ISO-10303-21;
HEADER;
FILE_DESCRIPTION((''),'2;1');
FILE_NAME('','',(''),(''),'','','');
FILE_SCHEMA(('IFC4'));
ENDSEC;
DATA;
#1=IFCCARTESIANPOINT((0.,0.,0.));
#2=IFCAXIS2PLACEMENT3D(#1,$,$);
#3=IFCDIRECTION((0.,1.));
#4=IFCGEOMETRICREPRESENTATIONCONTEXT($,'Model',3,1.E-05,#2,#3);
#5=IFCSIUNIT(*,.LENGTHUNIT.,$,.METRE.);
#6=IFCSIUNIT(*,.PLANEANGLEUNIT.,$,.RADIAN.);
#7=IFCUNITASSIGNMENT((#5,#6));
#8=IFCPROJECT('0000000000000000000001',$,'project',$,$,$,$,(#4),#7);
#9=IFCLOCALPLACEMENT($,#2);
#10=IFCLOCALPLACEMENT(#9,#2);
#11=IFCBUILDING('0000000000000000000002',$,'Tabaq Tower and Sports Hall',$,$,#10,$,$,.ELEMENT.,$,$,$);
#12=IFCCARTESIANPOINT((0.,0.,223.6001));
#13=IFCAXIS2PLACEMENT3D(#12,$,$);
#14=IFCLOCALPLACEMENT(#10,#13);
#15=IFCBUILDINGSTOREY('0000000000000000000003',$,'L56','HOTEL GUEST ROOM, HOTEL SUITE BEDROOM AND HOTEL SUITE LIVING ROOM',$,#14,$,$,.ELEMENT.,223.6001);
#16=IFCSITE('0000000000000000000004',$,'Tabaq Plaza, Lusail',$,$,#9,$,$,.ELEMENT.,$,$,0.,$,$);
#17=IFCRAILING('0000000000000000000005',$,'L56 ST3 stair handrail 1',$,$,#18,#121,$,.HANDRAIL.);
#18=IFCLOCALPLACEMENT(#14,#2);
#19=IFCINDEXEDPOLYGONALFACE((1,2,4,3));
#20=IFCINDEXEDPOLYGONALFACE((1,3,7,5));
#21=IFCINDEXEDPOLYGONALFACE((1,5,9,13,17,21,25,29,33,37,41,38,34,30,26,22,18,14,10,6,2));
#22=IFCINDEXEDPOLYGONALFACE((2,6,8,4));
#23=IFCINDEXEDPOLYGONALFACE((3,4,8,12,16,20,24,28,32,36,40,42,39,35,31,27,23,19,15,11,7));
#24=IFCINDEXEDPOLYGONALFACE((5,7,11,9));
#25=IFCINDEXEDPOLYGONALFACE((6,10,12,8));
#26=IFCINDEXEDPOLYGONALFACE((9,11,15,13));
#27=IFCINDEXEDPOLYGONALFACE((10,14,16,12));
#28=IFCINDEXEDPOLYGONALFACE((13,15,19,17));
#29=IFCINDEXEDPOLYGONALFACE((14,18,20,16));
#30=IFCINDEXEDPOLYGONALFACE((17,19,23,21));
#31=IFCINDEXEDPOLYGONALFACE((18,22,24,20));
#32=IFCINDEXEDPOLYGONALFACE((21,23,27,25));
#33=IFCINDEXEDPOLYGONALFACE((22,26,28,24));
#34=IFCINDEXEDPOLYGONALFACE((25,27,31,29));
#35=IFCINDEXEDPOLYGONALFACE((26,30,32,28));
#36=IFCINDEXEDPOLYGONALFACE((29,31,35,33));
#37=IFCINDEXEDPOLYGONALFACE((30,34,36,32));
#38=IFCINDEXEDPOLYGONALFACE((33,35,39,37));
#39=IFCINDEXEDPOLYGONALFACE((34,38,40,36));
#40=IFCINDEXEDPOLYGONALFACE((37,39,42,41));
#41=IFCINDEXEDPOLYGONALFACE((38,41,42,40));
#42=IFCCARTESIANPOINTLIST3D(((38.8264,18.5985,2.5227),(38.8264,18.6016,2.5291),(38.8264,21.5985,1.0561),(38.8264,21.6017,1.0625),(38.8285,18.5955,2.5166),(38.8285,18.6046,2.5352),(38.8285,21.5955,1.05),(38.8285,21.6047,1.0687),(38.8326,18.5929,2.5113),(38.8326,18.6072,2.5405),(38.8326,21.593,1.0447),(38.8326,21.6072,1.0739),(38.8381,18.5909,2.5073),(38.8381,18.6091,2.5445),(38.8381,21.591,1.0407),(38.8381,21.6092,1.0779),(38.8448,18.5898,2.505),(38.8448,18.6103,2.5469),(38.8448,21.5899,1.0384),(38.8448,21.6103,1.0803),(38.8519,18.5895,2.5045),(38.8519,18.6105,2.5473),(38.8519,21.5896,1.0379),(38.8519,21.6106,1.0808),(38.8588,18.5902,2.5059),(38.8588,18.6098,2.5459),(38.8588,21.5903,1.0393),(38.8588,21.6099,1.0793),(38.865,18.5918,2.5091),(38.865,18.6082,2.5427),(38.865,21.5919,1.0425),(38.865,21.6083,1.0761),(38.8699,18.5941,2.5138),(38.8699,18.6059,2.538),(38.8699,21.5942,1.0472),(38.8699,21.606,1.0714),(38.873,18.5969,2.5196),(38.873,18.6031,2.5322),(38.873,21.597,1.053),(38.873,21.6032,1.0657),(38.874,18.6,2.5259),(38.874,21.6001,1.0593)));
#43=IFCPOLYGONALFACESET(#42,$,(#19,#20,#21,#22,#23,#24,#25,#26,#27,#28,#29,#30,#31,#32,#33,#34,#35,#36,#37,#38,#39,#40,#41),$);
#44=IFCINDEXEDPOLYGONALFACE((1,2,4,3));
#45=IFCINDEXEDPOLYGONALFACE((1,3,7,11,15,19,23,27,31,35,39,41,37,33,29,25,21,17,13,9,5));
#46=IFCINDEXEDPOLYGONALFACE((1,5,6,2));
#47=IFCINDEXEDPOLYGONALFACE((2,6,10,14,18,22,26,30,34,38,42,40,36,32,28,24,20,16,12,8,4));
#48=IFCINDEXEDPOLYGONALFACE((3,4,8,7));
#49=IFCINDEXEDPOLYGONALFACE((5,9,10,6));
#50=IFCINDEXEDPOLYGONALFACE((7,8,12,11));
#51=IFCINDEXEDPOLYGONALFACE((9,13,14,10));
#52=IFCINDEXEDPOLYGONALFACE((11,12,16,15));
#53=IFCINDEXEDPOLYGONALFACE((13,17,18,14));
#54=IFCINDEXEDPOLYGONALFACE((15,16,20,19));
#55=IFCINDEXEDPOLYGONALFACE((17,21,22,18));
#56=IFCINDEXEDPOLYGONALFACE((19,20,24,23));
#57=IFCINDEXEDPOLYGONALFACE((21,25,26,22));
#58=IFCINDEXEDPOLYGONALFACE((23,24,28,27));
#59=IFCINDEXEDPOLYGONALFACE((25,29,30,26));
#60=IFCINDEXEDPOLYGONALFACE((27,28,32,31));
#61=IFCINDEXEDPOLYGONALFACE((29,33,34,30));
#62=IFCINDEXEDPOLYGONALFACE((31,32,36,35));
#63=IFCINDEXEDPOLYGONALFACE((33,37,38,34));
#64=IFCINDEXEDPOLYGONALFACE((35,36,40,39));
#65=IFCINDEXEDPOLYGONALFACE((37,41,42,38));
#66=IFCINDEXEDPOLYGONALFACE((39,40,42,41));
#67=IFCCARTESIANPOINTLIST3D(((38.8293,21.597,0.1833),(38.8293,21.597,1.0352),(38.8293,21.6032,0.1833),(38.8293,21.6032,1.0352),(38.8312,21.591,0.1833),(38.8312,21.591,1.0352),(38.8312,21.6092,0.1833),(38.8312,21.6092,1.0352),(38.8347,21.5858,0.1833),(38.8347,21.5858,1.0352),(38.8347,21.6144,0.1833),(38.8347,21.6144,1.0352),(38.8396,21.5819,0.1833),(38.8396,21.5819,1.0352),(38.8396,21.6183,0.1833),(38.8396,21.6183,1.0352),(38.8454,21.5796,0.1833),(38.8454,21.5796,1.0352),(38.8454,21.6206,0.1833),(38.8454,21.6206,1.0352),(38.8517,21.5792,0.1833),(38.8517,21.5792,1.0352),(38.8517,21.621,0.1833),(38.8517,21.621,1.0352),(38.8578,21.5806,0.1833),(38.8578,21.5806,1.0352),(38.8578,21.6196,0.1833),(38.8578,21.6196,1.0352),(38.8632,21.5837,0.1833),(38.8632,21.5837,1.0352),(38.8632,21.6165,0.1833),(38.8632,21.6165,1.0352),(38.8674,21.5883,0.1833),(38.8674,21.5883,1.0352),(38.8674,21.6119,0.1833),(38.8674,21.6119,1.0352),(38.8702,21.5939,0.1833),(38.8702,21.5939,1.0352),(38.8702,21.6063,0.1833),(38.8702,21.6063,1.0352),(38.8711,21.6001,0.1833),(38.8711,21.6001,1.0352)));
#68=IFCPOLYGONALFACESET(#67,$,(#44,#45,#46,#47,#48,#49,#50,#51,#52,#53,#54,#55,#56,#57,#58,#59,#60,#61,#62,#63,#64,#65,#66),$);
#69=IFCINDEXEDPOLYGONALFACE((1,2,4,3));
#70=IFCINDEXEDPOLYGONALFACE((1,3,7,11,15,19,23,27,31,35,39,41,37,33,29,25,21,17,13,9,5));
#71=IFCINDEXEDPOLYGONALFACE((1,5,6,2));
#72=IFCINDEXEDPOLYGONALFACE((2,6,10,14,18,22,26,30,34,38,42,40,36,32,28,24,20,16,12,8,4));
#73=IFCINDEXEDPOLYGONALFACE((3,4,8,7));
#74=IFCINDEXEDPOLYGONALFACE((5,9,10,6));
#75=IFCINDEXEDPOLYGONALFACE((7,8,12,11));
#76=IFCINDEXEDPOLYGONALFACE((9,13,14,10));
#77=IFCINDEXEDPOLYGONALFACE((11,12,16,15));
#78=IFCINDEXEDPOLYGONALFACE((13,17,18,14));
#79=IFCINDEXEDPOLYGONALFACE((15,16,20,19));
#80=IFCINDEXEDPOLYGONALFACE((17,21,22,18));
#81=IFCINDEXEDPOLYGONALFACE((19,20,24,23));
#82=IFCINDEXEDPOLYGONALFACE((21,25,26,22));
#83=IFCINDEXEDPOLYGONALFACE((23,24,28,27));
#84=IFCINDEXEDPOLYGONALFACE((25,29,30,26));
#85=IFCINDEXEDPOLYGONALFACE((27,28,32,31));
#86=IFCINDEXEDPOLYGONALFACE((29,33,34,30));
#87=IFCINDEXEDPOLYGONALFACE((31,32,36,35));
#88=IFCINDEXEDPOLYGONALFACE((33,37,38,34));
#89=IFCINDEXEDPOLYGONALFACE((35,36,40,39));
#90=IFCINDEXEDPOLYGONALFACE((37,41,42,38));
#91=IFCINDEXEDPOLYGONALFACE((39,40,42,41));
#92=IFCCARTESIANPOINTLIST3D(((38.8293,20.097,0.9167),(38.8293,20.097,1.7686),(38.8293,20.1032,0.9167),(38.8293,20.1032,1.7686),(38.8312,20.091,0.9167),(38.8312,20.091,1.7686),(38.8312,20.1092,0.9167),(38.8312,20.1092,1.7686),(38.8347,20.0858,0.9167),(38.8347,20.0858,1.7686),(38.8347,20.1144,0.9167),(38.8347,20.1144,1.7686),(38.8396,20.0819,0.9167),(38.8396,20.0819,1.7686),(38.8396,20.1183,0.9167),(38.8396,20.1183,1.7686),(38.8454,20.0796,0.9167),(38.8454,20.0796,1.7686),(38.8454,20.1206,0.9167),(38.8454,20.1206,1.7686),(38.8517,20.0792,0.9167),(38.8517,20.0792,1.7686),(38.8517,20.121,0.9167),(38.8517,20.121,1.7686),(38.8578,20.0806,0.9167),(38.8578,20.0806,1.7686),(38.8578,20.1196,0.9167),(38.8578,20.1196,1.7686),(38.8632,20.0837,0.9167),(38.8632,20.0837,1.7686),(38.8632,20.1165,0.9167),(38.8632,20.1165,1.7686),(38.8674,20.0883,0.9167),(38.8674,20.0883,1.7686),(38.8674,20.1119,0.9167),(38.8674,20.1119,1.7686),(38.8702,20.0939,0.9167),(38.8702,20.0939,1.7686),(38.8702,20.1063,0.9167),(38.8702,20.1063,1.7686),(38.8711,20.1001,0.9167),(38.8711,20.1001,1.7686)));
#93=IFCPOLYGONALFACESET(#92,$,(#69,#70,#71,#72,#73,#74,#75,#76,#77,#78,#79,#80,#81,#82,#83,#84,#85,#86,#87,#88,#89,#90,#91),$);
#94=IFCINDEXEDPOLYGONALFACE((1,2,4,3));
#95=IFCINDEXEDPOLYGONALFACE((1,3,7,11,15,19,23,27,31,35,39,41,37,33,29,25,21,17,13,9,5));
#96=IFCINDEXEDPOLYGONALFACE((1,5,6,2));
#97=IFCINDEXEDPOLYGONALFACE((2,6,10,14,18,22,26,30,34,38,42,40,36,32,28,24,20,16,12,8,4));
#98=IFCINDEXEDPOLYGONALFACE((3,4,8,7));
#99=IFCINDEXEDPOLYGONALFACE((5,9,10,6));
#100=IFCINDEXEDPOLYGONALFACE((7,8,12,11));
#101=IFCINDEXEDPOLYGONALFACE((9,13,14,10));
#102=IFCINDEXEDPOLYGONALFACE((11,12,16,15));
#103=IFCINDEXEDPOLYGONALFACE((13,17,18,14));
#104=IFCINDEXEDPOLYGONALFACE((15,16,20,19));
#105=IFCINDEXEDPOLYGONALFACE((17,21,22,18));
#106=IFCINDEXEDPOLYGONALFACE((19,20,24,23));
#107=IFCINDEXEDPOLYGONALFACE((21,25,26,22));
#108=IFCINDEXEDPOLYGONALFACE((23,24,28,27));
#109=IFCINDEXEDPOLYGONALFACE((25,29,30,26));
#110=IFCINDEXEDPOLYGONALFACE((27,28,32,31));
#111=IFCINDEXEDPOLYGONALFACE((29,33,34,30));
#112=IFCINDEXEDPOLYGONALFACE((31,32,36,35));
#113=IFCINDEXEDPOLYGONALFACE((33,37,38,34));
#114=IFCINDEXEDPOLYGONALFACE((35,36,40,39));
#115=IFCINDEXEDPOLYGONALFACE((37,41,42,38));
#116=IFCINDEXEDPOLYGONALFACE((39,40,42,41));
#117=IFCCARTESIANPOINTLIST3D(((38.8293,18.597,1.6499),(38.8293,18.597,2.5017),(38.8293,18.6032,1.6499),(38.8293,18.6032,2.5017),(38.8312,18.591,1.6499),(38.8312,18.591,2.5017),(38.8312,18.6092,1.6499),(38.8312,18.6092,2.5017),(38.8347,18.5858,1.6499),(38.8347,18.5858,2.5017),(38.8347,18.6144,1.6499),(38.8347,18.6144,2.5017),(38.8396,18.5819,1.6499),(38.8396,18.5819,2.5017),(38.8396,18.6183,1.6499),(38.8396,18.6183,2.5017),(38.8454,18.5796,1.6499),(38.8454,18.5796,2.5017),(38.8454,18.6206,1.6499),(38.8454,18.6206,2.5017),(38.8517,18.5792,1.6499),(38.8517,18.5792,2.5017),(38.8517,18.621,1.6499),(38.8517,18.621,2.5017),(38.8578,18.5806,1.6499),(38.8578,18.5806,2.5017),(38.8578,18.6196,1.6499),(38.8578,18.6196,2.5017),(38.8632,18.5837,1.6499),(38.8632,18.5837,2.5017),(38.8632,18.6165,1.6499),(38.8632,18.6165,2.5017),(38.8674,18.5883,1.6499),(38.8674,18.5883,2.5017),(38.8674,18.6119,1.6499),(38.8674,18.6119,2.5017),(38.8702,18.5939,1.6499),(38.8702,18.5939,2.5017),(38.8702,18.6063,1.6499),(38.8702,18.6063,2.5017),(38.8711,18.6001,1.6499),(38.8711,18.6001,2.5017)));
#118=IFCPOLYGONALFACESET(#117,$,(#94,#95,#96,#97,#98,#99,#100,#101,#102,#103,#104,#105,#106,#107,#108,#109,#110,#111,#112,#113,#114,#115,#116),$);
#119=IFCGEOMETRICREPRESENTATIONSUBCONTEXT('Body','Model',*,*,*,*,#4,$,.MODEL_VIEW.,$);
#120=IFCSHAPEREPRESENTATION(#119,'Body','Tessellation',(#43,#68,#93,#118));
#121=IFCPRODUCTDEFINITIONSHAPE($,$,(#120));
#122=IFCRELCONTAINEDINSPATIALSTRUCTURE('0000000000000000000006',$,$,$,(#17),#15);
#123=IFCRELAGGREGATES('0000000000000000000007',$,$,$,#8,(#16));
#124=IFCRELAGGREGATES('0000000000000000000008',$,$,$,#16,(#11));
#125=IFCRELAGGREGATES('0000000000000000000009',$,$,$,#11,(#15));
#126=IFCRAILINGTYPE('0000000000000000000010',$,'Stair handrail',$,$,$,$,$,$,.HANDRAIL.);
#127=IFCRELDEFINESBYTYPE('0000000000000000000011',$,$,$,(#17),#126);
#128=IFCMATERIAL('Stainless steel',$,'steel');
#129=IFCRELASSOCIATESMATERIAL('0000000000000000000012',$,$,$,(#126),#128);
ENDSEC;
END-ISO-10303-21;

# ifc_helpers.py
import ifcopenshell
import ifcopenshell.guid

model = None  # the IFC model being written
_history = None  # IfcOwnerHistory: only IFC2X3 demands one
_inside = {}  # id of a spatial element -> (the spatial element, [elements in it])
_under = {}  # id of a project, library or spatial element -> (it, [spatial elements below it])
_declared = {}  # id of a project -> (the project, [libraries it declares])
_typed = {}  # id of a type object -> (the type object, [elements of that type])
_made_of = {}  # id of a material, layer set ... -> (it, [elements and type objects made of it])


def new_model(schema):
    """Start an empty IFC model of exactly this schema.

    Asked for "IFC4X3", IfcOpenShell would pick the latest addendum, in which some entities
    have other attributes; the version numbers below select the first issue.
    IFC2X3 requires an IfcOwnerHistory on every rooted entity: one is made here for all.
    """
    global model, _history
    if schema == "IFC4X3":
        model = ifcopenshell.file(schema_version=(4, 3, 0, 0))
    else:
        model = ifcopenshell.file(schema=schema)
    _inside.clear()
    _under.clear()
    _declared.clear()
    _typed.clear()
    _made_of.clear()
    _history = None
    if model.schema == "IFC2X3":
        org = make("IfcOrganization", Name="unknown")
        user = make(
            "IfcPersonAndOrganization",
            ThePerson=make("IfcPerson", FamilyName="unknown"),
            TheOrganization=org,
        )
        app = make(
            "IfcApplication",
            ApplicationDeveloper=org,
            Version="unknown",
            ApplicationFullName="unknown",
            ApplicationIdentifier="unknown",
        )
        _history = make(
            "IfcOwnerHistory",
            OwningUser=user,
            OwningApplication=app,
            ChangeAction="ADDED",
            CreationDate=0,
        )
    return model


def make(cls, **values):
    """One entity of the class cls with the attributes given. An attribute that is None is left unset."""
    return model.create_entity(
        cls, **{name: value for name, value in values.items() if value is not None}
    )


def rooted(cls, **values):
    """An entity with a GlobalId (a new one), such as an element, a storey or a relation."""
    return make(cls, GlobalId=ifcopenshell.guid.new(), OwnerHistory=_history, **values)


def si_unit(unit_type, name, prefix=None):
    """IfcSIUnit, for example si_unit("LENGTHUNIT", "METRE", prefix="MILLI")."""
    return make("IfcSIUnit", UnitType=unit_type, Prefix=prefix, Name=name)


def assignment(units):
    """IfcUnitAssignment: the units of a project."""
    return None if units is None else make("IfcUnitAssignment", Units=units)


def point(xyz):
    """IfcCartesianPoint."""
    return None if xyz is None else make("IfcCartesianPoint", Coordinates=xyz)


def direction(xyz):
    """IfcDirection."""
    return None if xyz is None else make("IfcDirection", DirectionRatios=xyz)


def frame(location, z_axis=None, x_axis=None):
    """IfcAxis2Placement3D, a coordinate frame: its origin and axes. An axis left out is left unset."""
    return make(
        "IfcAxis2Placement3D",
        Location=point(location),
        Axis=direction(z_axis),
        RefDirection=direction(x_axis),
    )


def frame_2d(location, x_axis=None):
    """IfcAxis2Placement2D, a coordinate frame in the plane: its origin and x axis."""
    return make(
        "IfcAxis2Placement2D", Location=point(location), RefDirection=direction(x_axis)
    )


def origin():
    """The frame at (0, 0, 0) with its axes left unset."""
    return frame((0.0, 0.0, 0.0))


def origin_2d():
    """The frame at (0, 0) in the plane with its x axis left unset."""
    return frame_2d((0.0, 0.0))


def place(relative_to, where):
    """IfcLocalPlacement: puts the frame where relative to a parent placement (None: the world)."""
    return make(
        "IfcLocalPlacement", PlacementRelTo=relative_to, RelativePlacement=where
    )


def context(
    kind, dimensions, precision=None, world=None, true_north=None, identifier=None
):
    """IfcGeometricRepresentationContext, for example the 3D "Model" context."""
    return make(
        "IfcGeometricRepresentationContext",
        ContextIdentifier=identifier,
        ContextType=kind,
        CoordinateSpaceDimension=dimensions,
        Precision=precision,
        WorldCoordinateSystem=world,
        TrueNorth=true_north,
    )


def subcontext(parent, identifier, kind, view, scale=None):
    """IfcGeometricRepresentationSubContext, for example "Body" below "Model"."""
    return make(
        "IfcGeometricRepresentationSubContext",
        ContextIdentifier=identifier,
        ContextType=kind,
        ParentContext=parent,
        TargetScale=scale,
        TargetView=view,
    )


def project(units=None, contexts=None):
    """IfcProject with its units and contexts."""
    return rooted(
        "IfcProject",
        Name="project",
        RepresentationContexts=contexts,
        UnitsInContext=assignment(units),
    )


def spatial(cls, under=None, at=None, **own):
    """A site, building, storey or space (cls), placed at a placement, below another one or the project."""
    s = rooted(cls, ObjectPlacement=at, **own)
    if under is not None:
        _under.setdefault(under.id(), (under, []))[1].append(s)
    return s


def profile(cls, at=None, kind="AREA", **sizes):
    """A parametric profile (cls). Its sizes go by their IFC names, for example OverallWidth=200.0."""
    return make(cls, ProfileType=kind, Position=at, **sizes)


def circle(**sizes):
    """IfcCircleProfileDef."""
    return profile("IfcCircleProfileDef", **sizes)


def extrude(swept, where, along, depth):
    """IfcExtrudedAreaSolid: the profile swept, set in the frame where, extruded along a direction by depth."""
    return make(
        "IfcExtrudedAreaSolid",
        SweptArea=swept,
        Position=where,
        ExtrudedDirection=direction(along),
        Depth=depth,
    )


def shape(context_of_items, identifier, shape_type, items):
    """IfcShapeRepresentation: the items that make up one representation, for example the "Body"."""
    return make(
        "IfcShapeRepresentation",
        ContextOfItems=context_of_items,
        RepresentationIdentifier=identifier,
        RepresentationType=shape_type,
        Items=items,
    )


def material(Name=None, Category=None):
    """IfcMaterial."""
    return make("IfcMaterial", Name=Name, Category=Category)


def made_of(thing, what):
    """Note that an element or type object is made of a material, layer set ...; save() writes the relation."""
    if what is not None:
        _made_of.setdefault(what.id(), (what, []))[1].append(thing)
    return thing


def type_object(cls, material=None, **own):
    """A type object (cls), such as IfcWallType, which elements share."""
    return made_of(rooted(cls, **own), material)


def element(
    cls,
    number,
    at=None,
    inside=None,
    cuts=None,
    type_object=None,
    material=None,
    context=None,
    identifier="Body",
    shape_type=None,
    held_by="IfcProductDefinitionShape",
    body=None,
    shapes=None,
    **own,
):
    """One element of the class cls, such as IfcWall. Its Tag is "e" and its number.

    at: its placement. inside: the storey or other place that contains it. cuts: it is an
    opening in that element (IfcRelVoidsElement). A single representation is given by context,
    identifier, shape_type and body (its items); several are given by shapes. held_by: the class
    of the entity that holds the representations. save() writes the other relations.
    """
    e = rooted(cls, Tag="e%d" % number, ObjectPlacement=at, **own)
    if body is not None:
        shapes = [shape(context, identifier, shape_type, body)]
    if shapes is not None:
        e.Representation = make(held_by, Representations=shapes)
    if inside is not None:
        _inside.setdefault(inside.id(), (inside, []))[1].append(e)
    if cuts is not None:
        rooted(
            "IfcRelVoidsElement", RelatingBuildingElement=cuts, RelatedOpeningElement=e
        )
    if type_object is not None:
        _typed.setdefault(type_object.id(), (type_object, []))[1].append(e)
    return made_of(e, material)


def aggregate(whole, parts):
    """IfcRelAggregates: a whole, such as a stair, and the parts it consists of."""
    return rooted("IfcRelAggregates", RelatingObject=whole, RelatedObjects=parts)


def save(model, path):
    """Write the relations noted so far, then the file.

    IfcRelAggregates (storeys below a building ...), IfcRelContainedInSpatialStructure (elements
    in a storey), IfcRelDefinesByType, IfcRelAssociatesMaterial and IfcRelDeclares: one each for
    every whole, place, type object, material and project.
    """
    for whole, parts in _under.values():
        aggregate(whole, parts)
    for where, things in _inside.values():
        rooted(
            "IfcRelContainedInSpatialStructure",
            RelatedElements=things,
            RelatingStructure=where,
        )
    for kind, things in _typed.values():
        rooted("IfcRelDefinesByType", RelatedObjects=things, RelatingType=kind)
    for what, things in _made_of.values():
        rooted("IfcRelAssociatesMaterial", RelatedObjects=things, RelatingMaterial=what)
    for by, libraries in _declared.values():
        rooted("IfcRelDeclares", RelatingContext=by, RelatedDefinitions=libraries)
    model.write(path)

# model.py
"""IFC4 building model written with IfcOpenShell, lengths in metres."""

from ifc_helpers import new_model, si_unit, direction, frame, origin, origin_2d, place, context, subcontext, project, spatial, circle, extrude, material, type_object, element, save


model = new_model("IFC4")

# Units and contexts
model_context = context("Model", 3, precision=1e-05, world=origin(), true_north=direction((0.0, 1.0)))
body_context = subcontext(model_context, "Body", "Model", "MODEL_VIEW")
ifc_project = project(units=[si_unit("LENGTHUNIT", "METRE"), si_unit("PLANEANGLEUNIT", "RADIAN")], contexts=[model_context])

# Site, building, storey
site_placement = place(None, origin())
site = spatial("IfcSite", under=ifc_project, at=site_placement, Name="Tabaq Plaza, Lusail", CompositionType="ELEMENT", RefElevation=0.0)
building_placement = place(site_placement, origin())
building = spatial("IfcBuilding", under=site, at=building_placement, Name="Tabaq Tower and Sports Hall", CompositionType="ELEMENT")
storey_placement = place(building_placement, frame((0.0, 0.0, 223.6001)))
storey = spatial("IfcBuildingStorey", under=building, at=storey_placement, Name="L56", Description="HOTEL GUEST ROOM, HOTEL SUITE BEDROOM AND HOTEL SUITE LIVING ROOM", CompositionType="ELEMENT", Elevation=223.6001)

# Railing
ifc_material_1 = material(Name="Stainless steel", Category="steel")
railing_type_1 = type_object("IfcRailingType", Name="Stair handrail", PredefinedType="HANDRAIL", material=ifc_material_1)
railing_1_placement = place(storey_placement, frame((38.8501, 21.6001, 0.1833)))
element("IfcRailing", 1, at=railing_1_placement, inside=storey, type_object=railing_type_1, Name="L56 ST3 stair handrail 1", PredefinedType="HANDRAIL", context=body_context, shape_type="SweptSolid", body=[
    extrude(circle(Radius=0.0239, at=origin_2d()), frame((0.0, 0.0, 0.876), z_axis=(0.0, -0.898398, 0.439183), x_axis=(1.0, 0.0, 0.0)), (0.0, 0.0, 1.0), 3.3394),
    extrude(circle(Radius=0.021, at=origin_2d()), origin(), (0.0, 0.0, 1.0), 0.8518),
    extrude(circle(Radius=0.021, at=origin_2d()), frame((0.0, -1.5, 0.7334)), (0.0, 0.0, 1.0), 0.8518),
    extrude(circle(Radius=0.021, at=origin_2d()), frame((0.0, -3.0, 1.4666)), (0.0, 0.0, 1.0), 0.8518),
])

save(model, "model.ifc")
